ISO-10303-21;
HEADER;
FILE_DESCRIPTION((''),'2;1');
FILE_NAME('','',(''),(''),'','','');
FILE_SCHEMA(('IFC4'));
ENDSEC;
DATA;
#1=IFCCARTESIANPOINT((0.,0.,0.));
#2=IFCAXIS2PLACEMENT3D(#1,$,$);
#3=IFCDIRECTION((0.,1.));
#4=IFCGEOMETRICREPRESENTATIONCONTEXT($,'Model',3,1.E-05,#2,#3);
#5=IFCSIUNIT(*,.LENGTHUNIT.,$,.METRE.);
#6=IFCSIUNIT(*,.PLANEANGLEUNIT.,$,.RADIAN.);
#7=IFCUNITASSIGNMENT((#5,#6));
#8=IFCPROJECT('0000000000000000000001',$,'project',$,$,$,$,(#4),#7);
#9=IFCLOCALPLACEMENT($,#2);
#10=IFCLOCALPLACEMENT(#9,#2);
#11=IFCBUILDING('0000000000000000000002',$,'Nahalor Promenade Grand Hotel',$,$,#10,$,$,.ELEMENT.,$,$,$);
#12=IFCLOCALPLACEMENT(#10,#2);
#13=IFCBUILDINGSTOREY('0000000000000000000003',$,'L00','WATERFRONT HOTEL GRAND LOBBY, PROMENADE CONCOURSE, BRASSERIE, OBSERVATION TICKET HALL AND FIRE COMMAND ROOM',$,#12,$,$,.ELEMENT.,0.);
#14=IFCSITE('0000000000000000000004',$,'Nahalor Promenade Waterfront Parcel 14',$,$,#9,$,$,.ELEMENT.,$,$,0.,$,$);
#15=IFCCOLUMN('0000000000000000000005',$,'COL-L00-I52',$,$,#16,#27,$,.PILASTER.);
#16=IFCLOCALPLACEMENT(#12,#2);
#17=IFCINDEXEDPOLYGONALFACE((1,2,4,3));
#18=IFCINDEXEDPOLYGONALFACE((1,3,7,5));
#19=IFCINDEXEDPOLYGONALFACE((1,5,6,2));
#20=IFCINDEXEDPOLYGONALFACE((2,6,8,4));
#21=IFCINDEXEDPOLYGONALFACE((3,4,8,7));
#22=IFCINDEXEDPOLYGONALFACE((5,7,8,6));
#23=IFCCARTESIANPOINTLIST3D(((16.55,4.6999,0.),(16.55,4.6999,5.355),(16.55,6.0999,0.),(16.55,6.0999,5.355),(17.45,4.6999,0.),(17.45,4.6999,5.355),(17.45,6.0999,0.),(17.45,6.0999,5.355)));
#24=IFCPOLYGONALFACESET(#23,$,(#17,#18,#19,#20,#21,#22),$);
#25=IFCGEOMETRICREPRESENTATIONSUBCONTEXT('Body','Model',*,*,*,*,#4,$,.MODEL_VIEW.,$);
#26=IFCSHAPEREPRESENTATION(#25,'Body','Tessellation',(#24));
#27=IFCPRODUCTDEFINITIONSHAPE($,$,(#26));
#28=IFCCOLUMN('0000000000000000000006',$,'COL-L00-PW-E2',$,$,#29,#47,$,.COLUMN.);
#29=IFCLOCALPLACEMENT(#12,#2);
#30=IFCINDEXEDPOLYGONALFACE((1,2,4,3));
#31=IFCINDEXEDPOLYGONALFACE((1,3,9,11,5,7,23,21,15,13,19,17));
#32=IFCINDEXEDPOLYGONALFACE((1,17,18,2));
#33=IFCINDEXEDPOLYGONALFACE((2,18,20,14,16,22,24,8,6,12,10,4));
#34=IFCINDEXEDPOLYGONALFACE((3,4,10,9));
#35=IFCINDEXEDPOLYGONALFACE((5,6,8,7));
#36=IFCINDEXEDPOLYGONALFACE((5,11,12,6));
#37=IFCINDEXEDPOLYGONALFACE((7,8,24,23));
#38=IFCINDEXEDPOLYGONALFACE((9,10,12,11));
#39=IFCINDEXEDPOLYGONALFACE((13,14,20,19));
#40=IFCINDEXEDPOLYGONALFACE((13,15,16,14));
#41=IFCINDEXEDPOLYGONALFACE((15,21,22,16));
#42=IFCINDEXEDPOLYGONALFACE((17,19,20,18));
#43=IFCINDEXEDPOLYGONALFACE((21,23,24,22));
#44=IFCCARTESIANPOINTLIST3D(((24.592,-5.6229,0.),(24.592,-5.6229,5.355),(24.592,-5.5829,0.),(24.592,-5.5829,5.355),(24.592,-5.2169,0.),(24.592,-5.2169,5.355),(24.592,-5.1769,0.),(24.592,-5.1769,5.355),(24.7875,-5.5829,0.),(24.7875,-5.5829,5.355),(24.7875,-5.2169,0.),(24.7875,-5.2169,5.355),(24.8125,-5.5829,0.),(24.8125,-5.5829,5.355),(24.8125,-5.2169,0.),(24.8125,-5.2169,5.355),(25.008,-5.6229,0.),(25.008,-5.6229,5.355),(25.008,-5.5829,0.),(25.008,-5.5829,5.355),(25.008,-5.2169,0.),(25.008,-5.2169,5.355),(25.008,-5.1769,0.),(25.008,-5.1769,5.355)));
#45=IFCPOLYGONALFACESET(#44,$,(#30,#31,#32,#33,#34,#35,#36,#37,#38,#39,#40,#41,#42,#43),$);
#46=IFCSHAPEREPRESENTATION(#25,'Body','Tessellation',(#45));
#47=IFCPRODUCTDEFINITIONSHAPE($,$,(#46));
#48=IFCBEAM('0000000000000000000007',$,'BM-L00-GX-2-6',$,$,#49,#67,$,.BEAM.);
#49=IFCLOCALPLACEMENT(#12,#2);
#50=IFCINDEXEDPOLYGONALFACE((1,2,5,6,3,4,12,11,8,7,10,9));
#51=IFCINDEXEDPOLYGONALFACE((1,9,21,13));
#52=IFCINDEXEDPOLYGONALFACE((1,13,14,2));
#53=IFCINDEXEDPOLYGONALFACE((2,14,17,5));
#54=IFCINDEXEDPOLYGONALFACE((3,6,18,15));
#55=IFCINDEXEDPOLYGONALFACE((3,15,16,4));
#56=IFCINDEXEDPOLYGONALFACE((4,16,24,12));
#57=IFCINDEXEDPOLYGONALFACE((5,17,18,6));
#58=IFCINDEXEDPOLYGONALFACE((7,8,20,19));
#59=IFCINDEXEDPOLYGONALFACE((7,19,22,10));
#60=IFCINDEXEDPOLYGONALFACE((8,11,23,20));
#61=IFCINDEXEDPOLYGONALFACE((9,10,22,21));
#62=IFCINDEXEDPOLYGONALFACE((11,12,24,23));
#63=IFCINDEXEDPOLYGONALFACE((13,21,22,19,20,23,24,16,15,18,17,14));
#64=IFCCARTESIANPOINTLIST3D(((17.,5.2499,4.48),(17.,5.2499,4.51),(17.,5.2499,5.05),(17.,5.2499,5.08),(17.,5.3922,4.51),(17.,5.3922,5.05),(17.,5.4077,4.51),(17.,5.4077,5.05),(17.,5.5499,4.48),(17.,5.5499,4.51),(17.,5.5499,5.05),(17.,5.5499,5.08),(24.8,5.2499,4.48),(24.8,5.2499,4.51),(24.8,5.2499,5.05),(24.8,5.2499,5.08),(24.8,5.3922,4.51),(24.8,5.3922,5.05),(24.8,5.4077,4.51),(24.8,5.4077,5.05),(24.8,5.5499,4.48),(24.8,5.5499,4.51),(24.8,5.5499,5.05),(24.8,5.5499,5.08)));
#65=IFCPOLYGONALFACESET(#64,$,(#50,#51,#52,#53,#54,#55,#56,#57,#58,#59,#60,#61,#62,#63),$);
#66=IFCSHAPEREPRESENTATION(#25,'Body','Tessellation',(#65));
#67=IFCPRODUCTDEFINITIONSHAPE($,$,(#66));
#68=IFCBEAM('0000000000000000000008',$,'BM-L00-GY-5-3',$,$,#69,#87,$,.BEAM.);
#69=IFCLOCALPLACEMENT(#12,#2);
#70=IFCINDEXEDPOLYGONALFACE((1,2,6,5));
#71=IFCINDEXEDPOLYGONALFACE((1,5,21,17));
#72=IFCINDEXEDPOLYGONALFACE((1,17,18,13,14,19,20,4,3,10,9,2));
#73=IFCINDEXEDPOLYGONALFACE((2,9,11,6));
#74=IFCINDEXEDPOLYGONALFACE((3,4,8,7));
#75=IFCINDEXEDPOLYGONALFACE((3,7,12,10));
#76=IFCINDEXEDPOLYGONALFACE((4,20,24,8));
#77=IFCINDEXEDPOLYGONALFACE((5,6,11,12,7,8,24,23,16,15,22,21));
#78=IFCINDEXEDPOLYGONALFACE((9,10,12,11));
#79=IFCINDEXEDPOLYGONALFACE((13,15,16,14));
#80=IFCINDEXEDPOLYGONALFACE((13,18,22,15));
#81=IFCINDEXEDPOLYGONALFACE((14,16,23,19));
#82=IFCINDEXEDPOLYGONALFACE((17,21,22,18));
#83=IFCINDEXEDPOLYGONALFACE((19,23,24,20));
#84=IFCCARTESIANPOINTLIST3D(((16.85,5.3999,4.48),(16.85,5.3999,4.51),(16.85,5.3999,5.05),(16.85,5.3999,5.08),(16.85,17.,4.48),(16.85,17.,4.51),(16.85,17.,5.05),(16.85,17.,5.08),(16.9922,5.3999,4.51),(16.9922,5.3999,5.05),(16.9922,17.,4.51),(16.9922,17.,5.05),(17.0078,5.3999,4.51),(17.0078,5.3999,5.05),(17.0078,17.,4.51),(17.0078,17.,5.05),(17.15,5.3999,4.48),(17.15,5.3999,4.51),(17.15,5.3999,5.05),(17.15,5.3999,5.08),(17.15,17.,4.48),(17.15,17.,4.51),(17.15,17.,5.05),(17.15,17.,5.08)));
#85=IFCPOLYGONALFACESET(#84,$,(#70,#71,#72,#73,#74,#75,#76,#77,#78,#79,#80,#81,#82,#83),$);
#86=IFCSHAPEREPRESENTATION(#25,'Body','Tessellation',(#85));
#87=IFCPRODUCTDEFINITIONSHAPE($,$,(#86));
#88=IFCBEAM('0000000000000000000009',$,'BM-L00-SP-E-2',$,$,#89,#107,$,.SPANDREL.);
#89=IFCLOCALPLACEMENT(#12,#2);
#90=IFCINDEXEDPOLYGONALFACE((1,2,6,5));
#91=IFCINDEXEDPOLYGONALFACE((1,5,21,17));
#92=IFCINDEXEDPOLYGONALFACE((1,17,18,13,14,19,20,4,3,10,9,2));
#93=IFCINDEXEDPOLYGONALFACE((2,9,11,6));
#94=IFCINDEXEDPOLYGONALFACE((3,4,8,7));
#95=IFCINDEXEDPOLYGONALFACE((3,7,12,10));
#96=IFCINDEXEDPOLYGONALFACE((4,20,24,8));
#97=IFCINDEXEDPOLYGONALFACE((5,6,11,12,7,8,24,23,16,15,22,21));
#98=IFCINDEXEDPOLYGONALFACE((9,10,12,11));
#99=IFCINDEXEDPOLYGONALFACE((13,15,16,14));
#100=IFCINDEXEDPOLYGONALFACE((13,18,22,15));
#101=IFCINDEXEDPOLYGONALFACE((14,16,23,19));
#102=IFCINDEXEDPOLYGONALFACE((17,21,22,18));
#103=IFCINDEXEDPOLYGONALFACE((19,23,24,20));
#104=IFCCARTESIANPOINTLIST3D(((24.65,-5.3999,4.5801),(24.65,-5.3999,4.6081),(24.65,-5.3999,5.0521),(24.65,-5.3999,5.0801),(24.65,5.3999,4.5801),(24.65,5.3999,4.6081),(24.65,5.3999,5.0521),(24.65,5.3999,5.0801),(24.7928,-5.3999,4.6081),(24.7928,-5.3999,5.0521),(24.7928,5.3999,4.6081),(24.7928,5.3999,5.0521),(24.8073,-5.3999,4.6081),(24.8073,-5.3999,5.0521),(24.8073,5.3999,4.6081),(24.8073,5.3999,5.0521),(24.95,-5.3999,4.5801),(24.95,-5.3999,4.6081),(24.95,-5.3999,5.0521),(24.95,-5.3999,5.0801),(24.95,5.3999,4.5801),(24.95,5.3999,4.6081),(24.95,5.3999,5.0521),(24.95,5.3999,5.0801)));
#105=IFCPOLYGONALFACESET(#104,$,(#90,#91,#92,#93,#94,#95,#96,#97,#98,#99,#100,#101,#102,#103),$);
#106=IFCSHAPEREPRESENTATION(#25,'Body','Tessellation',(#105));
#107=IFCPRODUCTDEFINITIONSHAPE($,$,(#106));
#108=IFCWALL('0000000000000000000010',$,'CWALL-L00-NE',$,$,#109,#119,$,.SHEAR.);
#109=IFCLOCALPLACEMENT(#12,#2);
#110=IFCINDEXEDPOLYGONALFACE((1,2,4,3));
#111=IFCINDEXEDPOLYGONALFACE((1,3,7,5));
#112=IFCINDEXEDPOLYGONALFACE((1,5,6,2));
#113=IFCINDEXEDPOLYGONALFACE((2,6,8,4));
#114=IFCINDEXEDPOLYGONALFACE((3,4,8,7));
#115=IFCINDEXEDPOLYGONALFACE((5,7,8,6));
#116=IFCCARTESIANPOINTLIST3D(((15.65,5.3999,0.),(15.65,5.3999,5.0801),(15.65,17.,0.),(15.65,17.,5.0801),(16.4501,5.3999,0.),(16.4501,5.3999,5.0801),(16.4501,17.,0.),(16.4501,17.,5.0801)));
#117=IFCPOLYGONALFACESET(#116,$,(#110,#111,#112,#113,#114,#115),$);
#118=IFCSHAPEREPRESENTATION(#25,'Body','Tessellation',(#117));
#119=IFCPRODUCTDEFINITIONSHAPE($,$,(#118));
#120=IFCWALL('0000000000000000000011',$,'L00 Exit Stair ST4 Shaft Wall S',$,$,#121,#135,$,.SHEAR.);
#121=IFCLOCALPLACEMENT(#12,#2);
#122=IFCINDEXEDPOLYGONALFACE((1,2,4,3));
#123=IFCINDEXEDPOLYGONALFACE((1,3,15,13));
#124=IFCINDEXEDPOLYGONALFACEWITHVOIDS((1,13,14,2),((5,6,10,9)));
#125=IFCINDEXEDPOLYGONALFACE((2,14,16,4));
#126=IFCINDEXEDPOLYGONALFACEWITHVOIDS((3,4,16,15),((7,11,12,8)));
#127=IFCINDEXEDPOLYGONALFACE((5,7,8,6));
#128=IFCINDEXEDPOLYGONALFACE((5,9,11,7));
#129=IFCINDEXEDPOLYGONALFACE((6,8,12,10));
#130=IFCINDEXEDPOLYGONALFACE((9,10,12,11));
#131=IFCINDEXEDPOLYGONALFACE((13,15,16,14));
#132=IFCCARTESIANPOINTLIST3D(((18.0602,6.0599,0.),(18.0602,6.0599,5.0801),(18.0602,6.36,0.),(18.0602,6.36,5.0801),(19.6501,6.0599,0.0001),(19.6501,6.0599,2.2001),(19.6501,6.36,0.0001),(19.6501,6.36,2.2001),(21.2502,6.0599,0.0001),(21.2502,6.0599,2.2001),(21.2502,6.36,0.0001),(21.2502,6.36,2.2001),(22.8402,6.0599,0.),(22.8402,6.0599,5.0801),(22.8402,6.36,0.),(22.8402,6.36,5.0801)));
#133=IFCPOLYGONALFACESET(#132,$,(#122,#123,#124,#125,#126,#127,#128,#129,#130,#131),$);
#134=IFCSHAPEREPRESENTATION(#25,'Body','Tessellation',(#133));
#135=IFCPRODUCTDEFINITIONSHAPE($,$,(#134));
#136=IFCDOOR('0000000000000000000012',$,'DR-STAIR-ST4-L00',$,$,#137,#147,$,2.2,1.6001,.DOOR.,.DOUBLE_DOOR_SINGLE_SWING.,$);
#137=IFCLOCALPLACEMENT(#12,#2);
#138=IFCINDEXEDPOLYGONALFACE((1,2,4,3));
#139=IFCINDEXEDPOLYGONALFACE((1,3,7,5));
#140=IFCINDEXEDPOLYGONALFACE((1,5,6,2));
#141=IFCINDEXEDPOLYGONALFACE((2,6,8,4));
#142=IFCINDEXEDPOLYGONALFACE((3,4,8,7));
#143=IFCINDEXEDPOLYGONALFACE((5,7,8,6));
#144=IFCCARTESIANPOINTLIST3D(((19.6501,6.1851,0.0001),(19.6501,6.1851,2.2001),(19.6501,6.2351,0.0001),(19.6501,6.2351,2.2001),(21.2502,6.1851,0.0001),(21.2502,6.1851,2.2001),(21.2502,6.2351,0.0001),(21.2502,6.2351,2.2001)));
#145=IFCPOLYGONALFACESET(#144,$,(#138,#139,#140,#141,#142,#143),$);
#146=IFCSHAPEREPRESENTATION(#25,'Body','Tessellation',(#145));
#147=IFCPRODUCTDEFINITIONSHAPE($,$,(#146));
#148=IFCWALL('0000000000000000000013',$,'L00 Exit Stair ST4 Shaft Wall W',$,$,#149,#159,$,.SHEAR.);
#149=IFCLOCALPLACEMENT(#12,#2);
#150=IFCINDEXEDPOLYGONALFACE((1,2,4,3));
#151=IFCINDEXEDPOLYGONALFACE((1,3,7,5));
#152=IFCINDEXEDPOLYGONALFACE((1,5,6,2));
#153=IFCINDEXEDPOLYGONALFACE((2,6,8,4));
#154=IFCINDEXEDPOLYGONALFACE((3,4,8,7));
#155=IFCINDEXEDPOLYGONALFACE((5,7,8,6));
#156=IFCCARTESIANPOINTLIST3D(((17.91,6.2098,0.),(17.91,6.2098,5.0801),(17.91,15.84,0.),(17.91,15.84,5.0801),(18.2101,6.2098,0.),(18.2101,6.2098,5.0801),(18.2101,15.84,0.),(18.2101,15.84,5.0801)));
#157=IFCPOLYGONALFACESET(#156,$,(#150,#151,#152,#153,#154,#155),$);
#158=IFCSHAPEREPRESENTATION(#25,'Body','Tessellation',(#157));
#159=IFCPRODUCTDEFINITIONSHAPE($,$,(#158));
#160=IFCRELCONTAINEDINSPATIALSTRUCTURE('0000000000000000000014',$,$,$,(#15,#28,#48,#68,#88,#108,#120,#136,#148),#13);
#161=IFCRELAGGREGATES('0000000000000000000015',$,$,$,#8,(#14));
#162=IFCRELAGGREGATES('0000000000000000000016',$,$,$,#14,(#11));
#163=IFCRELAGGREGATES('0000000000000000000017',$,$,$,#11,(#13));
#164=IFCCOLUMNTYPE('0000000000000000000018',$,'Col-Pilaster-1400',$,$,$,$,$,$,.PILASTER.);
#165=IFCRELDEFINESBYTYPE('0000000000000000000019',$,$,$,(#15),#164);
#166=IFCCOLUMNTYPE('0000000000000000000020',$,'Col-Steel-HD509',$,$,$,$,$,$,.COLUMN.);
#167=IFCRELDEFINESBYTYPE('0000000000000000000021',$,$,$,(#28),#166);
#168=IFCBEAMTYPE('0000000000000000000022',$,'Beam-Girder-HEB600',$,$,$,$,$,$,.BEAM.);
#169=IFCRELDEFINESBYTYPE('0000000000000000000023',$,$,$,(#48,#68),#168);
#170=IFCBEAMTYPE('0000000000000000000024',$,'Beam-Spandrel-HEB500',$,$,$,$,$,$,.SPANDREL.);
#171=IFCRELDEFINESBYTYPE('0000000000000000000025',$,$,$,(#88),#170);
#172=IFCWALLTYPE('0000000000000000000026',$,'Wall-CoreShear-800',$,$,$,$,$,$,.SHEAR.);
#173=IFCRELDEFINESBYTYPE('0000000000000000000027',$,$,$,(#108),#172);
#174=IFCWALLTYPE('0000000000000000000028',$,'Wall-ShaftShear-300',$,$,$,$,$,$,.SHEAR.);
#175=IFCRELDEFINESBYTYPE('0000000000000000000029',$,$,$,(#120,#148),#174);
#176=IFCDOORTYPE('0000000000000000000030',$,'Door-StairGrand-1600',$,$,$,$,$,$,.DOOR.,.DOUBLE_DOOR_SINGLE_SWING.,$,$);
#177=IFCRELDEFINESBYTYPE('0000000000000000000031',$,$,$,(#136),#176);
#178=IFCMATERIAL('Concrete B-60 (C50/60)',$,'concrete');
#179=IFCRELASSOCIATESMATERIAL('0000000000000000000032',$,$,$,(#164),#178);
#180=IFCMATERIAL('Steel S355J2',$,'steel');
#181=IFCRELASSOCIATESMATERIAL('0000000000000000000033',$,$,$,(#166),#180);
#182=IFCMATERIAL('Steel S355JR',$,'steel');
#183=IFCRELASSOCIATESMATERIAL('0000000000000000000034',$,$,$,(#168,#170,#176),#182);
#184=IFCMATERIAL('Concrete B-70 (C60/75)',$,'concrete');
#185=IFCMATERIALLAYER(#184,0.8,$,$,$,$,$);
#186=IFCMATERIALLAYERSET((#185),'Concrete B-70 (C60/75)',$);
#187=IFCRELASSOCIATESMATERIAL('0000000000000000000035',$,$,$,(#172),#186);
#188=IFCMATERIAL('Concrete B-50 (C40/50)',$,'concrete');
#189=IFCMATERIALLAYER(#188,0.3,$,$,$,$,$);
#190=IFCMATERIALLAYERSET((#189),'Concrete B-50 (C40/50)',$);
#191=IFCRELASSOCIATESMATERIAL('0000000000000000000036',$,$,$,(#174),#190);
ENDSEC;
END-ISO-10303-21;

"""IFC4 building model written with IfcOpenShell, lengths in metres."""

from ifc_helpers import new_model, si_unit, direction, frame, frame_2d, origin, origin_2d, place, context, subcontext, project, spatial, rectangle, i_section, extrude, source, transform, mapped, material, layer, layer_set, material_profile, profile_set, type_object, element, fill, save


model = new_model("IFC4")

# Units and contexts
model_context = context("Model", 3, precision=1e-05, world=origin(), true_north=direction((0.0, 1.0)))
body_context = subcontext(model_context, "Body", "Model", "MODEL_VIEW")
ifc_project = project(units=[si_unit("LENGTHUNIT", "METRE"), si_unit("PLANEANGLEUNIT", "RADIAN")], contexts=[model_context])

# Site, building, storey
site_placement = place(None, origin())
site = spatial("IfcSite", under=ifc_project, at=site_placement, Name="Nahalor Promenade Waterfront Parcel 14", CompositionType="ELEMENT", RefElevation=0.0)
building_placement = place(site_placement, origin())
building = spatial("IfcBuilding", under=site, at=building_placement, Name="Nahalor Promenade Grand Hotel", CompositionType="ELEMENT")
storey_placement = place(building_placement, origin())
storey = spatial("IfcBuildingStorey", under=building, at=storey_placement, Name="L00", Description="WATERFRONT HOTEL GRAND LOBBY, PROMENADE CONCOURSE, BRASSERIE, OBSERVATION TICKET HALL AND FIRE COMMAND ROOM", CompositionType="ELEMENT", Elevation=0.0)

# Columns
ifc_material_1 = material(Name="Concrete B-60 (C50/60)", Category="concrete")
ifc_material_profile_1 = material_profile(ifc_material_1, rectangle(XDim=0.9, YDim=1.4, at=origin_2d()), Name="RC 900x1400")
ifc_profile_set_1 = profile_set([ifc_material_profile_1], Name="Concrete B-60 (C50/60)")
column_type_1 = type_object("IfcColumnType", Name="Col-Pilaster-1400", PredefinedType="PILASTER", material=ifc_profile_set_1)
shared_shape_1 = source(origin(), body_context, "Body", "SweptSolid", [
    extrude(rectangle(XDim=0.9, YDim=1.4, at=origin_2d()), origin(), (0.0, 0.0, 1.0), 5.355),
])
column_1_placement = place(storey_placement, frame((17.0, 5.3999, 0.0), z_axis=(0.0, 0.0, 1.0), x_axis=(1.0, 0.0, 0.0)))
element("IfcColumn", 1, at=column_1_placement, inside=storey, type_object=column_type_1, Name="COL-L00-I52", PredefinedType="PILASTER", context=body_context, shape_type="MappedRepresentation", body=[
    mapped(shared_shape_1, transform((0.0, 0.0, 0.0), scale=1.0)),
])
ifc_material_2 = material(Name="Steel S355J2", Category="steel")
ifc_material_profile_2 = material_profile(ifc_material_2, i_section(OverallWidth=0.416, OverallDepth=0.446, WebThickness=0.025, FlangeThickness=0.04, at=origin_2d()), Name="HD 400x509")
ifc_profile_set_2 = profile_set([ifc_material_profile_2], Name="Steel S355J2")
column_type_2 = type_object("IfcColumnType", Name="Col-Steel-HD509", PredefinedType="COLUMN", material=ifc_profile_set_2)
shared_shape_2 = source(origin(), body_context, "Body", "SweptSolid", [
    extrude(i_section(OverallWidth=0.416, OverallDepth=0.446, WebThickness=0.025, FlangeThickness=0.04, at=origin_2d()), origin(), (0.0, 0.0, 1.0), 5.355),
])
column_2_placement = place(storey_placement, frame((24.8, -5.3999, 0.0), z_axis=(0.0, 0.0, 1.0), x_axis=(1.0, 0.0, 0.0)))
element("IfcColumn", 2, at=column_2_placement, inside=storey, type_object=column_type_2, Name="COL-L00-PW-E2", PredefinedType="COLUMN", context=body_context, shape_type="MappedRepresentation", body=[
    mapped(shared_shape_2, transform((0.0, 0.0, 0.0), scale=1.0)),
])

# Beams
ifc_material_3 = material(Name="Steel S355JR", Category="steel")
ifc_material_profile_3 = material_profile(ifc_material_3, i_section(OverallWidth=0.3, OverallDepth=0.6, WebThickness=0.0155, FlangeThickness=0.03, at=origin_2d()), Name="HEB 600")
ifc_profile_set_3 = profile_set([ifc_material_profile_3], Name="Steel S355JR")
beam_type_1 = type_object("IfcBeamType", Name="Beam-Girder-HEB600", PredefinedType="BEAM", material=ifc_profile_set_3)
shared_shape_3 = source(origin(), body_context, "Body", "SweptSolid", [
    extrude(i_section(OverallWidth=0.3, OverallDepth=0.6, WebThickness=0.0155, FlangeThickness=0.03, at=origin_2d()), origin(), (0.0, 0.0, 1.0), 7.8),
])
beam_1_placement = place(storey_placement, frame((17.0, 5.3999, 4.78), z_axis=(1.0, 0.0, 0.0), x_axis=(0.0, 1.0, 0.0)))
element("IfcBeam", 3, at=beam_1_placement, inside=storey, type_object=beam_type_1, Name="BM-L00-GX-2-6", PredefinedType="BEAM", context=body_context, shape_type="MappedRepresentation", body=[
    mapped(shared_shape_3, transform((0.0, 0.0, 0.0), scale=1.0)),
])
shared_shape_4 = source(origin(), body_context, "Body", "SweptSolid", [
    extrude(i_section(OverallWidth=0.3, OverallDepth=0.6, WebThickness=0.0155, FlangeThickness=0.03, at=origin_2d()), origin(), (0.0, 0.0, 1.0), 11.6001),
])
beam_2_placement = place(storey_placement, frame((17.0, 5.3999, 4.78), z_axis=(0.0, 1.0, 0.0), x_axis=(-1.0, 0.0, 0.0)))
element("IfcBeam", 4, at=beam_2_placement, inside=storey, type_object=beam_type_1, Name="BM-L00-GY-5-3", PredefinedType="BEAM", context=body_context, shape_type="MappedRepresentation", body=[
    mapped(shared_shape_4, transform((0.0, 0.0, 0.0), scale=1.0)),
])
ifc_material_profile_4 = material_profile(ifc_material_3, i_section(OverallWidth=0.3, OverallDepth=0.5, WebThickness=0.0145, FlangeThickness=0.028, at=origin_2d()), Name="HEB 500")
ifc_profile_set_4 = profile_set([ifc_material_profile_4], Name="Steel S355JR")
beam_type_2 = type_object("IfcBeamType", Name="Beam-Spandrel-HEB500", PredefinedType="SPANDREL", material=ifc_profile_set_4)
shared_shape_5 = source(origin(), body_context, "Body", "SweptSolid", [
    extrude(i_section(OverallWidth=0.3, OverallDepth=0.5, WebThickness=0.0145, FlangeThickness=0.028, at=origin_2d()), origin(), (0.0, 0.0, 1.0), 10.7998),
])
beam_3_placement = place(storey_placement, frame((24.8, -5.3999, 4.8301), z_axis=(0.0, 1.0, 0.0), x_axis=(-1.0, 0.0, 0.0)))
element("IfcBeam", 5, at=beam_3_placement, inside=storey, type_object=beam_type_2, Name="BM-L00-SP-E-2", PredefinedType="SPANDREL", context=body_context, shape_type="MappedRepresentation", body=[
    mapped(shared_shape_5, transform((0.0, 0.0, 0.0), scale=1.0)),
])

# Wall
ifc_material_4 = material(Name="Concrete B-70 (C60/75)", Category="concrete")
ifc_layer_1 = layer(ifc_material_4, 0.8)
ifc_layer_set_1 = layer_set([ifc_layer_1], Name="Concrete B-70 (C60/75)")
wall_type_1 = type_object("IfcWallType", Name="Wall-CoreShear-800", PredefinedType="SHEAR", material=ifc_layer_set_1)
shared_shape_6 = source(origin(), body_context, "Body", "SweptSolid", [
    extrude(rectangle(XDim=11.6001, YDim=0.8, at=frame_2d((5.8, 0.0))), origin(), (0.0, 0.0, 1.0), 5.0801),
])
wall_1_placement = place(storey_placement, frame((16.05, 5.3999, 0.0), z_axis=(0.0, 0.0, 1.0), x_axis=(0.0, 1.0, 0.0)))
element("IfcWall", 6, at=wall_1_placement, inside=storey, type_object=wall_type_1, Name="CWALL-L00-NE", PredefinedType="SHEAR", context=body_context, shape_type="MappedRepresentation", body=[
    mapped(shared_shape_6, transform((0.0, 0.0, 0.0), scale=1.0)),
])

# Wall, opening, door
ifc_material_5 = material(Name="Concrete B-50 (C40/50)", Category="concrete")
ifc_layer_2 = layer(ifc_material_5, 0.3)
ifc_layer_set_2 = layer_set([ifc_layer_2], Name="Concrete B-50 (C40/50)")
wall_type_2 = type_object("IfcWallType", Name="Wall-ShaftShear-300", PredefinedType="SHEAR", material=ifc_layer_set_2)
shared_shape_7 = source(origin(), body_context, "Body", "SweptSolid", [
    extrude(rectangle(XDim=4.78, YDim=0.3, at=frame_2d((2.3901, 0.0))), origin(), (0.0, 0.0, 1.0), 5.0801),
])
wall_2_placement = place(storey_placement, frame((18.0601, 6.21, 0.0), z_axis=(0.0, 0.0, 1.0), x_axis=(1.0, 0.0, 0.0)))
wall_2 = element("IfcWall", 7, at=wall_2_placement, inside=storey, type_object=wall_type_2, Name="L00 Exit Stair ST4 Shaft Wall S", PredefinedType="SHEAR", context=body_context, shape_type="MappedRepresentation", body=[
    mapped(shared_shape_7, transform((0.0, 0.0, 0.0), scale=1.0)),
])
opening_1_placement = place(wall_2_placement, frame((1.5901, 0.0, 0.0)))
opening_1 = element("IfcOpeningElement", 8, at=opening_1_placement, cuts=wall_2, PredefinedType="OPENING", context=body_context, shape_type="SweptSolid", body=[
    extrude(rectangle(XDim=1.6001, YDim=2.2, at=frame_2d((0.8, 1.1001))), frame((0.0, 0.1599, 0.0), z_axis=(0.0, -1.0, 0.0), x_axis=(1.0, 0.0, 0.0)), (0.0, 0.0, 1.0), 0.3201),
])
door_type_1 = type_object("IfcDoorType", Name="Door-StairGrand-1600", OperationType="DOUBLE_DOOR_SINGLE_SWING", PredefinedType="DOOR", material=ifc_material_3)
shared_shape_8 = source(origin(), body_context, "Body", "SweptSolid", [
    extrude(rectangle(XDim=1.6001, YDim=2.2, at=frame_2d((0.8, 1.1001))), frame((0.0, 0.0249, 0.0), z_axis=(0.0, -1.0, 0.0), x_axis=(1.0, 0.0, 0.0)), (0.0, 0.0, 1.0), 0.05),
])
door_1_placement = place(opening_1_placement, frame((1.6001, 0.0, 0.0), z_axis=(0.0, 0.0, 1.0), x_axis=(-1.0, 0.0, 0.0)))
door_1 = element("IfcDoor", 9, at=door_1_placement, inside=storey, type_object=door_type_1, Name="DR-STAIR-ST4-L00", OperationType="DOUBLE_DOOR_SINGLE_SWING", OverallHeight=2.2, OverallWidth=1.6001, PredefinedType="DOOR", context=body_context, shape_type="MappedRepresentation", body=[
    mapped(shared_shape_8, transform((0.0, 0.0, 0.0), scale=1.0)),
])
fill(opening_1, door_1)

# Wall
shared_shape_9 = source(origin(), body_context, "Body", "SweptSolid", [
    extrude(rectangle(XDim=9.6301, YDim=0.3, at=frame_2d((4.8149, 0.0))), origin(), (0.0, 0.0, 1.0), 5.0801),
])
for number, where, z_axis, x_axis, name in (
    (10, (18.0601, 6.21, 0.0), (0.0, 0.0, 1.0), (0.0, 1.0, 0.0), "L00 Exit Stair ST4 Shaft Wall W"),
):
    element("IfcWall", number, at=place(storey_placement, frame(where, z_axis=z_axis, x_axis=x_axis)), inside=storey, type_object=wall_type_2, Name=name, PredefinedType="SHEAR", context=body_context, shape_type="MappedRepresentation", body=[
        mapped(shared_shape_9, transform((0.0, 0.0, 0.0), scale=1.0)),
    ])

save(model, "model.ifc")
